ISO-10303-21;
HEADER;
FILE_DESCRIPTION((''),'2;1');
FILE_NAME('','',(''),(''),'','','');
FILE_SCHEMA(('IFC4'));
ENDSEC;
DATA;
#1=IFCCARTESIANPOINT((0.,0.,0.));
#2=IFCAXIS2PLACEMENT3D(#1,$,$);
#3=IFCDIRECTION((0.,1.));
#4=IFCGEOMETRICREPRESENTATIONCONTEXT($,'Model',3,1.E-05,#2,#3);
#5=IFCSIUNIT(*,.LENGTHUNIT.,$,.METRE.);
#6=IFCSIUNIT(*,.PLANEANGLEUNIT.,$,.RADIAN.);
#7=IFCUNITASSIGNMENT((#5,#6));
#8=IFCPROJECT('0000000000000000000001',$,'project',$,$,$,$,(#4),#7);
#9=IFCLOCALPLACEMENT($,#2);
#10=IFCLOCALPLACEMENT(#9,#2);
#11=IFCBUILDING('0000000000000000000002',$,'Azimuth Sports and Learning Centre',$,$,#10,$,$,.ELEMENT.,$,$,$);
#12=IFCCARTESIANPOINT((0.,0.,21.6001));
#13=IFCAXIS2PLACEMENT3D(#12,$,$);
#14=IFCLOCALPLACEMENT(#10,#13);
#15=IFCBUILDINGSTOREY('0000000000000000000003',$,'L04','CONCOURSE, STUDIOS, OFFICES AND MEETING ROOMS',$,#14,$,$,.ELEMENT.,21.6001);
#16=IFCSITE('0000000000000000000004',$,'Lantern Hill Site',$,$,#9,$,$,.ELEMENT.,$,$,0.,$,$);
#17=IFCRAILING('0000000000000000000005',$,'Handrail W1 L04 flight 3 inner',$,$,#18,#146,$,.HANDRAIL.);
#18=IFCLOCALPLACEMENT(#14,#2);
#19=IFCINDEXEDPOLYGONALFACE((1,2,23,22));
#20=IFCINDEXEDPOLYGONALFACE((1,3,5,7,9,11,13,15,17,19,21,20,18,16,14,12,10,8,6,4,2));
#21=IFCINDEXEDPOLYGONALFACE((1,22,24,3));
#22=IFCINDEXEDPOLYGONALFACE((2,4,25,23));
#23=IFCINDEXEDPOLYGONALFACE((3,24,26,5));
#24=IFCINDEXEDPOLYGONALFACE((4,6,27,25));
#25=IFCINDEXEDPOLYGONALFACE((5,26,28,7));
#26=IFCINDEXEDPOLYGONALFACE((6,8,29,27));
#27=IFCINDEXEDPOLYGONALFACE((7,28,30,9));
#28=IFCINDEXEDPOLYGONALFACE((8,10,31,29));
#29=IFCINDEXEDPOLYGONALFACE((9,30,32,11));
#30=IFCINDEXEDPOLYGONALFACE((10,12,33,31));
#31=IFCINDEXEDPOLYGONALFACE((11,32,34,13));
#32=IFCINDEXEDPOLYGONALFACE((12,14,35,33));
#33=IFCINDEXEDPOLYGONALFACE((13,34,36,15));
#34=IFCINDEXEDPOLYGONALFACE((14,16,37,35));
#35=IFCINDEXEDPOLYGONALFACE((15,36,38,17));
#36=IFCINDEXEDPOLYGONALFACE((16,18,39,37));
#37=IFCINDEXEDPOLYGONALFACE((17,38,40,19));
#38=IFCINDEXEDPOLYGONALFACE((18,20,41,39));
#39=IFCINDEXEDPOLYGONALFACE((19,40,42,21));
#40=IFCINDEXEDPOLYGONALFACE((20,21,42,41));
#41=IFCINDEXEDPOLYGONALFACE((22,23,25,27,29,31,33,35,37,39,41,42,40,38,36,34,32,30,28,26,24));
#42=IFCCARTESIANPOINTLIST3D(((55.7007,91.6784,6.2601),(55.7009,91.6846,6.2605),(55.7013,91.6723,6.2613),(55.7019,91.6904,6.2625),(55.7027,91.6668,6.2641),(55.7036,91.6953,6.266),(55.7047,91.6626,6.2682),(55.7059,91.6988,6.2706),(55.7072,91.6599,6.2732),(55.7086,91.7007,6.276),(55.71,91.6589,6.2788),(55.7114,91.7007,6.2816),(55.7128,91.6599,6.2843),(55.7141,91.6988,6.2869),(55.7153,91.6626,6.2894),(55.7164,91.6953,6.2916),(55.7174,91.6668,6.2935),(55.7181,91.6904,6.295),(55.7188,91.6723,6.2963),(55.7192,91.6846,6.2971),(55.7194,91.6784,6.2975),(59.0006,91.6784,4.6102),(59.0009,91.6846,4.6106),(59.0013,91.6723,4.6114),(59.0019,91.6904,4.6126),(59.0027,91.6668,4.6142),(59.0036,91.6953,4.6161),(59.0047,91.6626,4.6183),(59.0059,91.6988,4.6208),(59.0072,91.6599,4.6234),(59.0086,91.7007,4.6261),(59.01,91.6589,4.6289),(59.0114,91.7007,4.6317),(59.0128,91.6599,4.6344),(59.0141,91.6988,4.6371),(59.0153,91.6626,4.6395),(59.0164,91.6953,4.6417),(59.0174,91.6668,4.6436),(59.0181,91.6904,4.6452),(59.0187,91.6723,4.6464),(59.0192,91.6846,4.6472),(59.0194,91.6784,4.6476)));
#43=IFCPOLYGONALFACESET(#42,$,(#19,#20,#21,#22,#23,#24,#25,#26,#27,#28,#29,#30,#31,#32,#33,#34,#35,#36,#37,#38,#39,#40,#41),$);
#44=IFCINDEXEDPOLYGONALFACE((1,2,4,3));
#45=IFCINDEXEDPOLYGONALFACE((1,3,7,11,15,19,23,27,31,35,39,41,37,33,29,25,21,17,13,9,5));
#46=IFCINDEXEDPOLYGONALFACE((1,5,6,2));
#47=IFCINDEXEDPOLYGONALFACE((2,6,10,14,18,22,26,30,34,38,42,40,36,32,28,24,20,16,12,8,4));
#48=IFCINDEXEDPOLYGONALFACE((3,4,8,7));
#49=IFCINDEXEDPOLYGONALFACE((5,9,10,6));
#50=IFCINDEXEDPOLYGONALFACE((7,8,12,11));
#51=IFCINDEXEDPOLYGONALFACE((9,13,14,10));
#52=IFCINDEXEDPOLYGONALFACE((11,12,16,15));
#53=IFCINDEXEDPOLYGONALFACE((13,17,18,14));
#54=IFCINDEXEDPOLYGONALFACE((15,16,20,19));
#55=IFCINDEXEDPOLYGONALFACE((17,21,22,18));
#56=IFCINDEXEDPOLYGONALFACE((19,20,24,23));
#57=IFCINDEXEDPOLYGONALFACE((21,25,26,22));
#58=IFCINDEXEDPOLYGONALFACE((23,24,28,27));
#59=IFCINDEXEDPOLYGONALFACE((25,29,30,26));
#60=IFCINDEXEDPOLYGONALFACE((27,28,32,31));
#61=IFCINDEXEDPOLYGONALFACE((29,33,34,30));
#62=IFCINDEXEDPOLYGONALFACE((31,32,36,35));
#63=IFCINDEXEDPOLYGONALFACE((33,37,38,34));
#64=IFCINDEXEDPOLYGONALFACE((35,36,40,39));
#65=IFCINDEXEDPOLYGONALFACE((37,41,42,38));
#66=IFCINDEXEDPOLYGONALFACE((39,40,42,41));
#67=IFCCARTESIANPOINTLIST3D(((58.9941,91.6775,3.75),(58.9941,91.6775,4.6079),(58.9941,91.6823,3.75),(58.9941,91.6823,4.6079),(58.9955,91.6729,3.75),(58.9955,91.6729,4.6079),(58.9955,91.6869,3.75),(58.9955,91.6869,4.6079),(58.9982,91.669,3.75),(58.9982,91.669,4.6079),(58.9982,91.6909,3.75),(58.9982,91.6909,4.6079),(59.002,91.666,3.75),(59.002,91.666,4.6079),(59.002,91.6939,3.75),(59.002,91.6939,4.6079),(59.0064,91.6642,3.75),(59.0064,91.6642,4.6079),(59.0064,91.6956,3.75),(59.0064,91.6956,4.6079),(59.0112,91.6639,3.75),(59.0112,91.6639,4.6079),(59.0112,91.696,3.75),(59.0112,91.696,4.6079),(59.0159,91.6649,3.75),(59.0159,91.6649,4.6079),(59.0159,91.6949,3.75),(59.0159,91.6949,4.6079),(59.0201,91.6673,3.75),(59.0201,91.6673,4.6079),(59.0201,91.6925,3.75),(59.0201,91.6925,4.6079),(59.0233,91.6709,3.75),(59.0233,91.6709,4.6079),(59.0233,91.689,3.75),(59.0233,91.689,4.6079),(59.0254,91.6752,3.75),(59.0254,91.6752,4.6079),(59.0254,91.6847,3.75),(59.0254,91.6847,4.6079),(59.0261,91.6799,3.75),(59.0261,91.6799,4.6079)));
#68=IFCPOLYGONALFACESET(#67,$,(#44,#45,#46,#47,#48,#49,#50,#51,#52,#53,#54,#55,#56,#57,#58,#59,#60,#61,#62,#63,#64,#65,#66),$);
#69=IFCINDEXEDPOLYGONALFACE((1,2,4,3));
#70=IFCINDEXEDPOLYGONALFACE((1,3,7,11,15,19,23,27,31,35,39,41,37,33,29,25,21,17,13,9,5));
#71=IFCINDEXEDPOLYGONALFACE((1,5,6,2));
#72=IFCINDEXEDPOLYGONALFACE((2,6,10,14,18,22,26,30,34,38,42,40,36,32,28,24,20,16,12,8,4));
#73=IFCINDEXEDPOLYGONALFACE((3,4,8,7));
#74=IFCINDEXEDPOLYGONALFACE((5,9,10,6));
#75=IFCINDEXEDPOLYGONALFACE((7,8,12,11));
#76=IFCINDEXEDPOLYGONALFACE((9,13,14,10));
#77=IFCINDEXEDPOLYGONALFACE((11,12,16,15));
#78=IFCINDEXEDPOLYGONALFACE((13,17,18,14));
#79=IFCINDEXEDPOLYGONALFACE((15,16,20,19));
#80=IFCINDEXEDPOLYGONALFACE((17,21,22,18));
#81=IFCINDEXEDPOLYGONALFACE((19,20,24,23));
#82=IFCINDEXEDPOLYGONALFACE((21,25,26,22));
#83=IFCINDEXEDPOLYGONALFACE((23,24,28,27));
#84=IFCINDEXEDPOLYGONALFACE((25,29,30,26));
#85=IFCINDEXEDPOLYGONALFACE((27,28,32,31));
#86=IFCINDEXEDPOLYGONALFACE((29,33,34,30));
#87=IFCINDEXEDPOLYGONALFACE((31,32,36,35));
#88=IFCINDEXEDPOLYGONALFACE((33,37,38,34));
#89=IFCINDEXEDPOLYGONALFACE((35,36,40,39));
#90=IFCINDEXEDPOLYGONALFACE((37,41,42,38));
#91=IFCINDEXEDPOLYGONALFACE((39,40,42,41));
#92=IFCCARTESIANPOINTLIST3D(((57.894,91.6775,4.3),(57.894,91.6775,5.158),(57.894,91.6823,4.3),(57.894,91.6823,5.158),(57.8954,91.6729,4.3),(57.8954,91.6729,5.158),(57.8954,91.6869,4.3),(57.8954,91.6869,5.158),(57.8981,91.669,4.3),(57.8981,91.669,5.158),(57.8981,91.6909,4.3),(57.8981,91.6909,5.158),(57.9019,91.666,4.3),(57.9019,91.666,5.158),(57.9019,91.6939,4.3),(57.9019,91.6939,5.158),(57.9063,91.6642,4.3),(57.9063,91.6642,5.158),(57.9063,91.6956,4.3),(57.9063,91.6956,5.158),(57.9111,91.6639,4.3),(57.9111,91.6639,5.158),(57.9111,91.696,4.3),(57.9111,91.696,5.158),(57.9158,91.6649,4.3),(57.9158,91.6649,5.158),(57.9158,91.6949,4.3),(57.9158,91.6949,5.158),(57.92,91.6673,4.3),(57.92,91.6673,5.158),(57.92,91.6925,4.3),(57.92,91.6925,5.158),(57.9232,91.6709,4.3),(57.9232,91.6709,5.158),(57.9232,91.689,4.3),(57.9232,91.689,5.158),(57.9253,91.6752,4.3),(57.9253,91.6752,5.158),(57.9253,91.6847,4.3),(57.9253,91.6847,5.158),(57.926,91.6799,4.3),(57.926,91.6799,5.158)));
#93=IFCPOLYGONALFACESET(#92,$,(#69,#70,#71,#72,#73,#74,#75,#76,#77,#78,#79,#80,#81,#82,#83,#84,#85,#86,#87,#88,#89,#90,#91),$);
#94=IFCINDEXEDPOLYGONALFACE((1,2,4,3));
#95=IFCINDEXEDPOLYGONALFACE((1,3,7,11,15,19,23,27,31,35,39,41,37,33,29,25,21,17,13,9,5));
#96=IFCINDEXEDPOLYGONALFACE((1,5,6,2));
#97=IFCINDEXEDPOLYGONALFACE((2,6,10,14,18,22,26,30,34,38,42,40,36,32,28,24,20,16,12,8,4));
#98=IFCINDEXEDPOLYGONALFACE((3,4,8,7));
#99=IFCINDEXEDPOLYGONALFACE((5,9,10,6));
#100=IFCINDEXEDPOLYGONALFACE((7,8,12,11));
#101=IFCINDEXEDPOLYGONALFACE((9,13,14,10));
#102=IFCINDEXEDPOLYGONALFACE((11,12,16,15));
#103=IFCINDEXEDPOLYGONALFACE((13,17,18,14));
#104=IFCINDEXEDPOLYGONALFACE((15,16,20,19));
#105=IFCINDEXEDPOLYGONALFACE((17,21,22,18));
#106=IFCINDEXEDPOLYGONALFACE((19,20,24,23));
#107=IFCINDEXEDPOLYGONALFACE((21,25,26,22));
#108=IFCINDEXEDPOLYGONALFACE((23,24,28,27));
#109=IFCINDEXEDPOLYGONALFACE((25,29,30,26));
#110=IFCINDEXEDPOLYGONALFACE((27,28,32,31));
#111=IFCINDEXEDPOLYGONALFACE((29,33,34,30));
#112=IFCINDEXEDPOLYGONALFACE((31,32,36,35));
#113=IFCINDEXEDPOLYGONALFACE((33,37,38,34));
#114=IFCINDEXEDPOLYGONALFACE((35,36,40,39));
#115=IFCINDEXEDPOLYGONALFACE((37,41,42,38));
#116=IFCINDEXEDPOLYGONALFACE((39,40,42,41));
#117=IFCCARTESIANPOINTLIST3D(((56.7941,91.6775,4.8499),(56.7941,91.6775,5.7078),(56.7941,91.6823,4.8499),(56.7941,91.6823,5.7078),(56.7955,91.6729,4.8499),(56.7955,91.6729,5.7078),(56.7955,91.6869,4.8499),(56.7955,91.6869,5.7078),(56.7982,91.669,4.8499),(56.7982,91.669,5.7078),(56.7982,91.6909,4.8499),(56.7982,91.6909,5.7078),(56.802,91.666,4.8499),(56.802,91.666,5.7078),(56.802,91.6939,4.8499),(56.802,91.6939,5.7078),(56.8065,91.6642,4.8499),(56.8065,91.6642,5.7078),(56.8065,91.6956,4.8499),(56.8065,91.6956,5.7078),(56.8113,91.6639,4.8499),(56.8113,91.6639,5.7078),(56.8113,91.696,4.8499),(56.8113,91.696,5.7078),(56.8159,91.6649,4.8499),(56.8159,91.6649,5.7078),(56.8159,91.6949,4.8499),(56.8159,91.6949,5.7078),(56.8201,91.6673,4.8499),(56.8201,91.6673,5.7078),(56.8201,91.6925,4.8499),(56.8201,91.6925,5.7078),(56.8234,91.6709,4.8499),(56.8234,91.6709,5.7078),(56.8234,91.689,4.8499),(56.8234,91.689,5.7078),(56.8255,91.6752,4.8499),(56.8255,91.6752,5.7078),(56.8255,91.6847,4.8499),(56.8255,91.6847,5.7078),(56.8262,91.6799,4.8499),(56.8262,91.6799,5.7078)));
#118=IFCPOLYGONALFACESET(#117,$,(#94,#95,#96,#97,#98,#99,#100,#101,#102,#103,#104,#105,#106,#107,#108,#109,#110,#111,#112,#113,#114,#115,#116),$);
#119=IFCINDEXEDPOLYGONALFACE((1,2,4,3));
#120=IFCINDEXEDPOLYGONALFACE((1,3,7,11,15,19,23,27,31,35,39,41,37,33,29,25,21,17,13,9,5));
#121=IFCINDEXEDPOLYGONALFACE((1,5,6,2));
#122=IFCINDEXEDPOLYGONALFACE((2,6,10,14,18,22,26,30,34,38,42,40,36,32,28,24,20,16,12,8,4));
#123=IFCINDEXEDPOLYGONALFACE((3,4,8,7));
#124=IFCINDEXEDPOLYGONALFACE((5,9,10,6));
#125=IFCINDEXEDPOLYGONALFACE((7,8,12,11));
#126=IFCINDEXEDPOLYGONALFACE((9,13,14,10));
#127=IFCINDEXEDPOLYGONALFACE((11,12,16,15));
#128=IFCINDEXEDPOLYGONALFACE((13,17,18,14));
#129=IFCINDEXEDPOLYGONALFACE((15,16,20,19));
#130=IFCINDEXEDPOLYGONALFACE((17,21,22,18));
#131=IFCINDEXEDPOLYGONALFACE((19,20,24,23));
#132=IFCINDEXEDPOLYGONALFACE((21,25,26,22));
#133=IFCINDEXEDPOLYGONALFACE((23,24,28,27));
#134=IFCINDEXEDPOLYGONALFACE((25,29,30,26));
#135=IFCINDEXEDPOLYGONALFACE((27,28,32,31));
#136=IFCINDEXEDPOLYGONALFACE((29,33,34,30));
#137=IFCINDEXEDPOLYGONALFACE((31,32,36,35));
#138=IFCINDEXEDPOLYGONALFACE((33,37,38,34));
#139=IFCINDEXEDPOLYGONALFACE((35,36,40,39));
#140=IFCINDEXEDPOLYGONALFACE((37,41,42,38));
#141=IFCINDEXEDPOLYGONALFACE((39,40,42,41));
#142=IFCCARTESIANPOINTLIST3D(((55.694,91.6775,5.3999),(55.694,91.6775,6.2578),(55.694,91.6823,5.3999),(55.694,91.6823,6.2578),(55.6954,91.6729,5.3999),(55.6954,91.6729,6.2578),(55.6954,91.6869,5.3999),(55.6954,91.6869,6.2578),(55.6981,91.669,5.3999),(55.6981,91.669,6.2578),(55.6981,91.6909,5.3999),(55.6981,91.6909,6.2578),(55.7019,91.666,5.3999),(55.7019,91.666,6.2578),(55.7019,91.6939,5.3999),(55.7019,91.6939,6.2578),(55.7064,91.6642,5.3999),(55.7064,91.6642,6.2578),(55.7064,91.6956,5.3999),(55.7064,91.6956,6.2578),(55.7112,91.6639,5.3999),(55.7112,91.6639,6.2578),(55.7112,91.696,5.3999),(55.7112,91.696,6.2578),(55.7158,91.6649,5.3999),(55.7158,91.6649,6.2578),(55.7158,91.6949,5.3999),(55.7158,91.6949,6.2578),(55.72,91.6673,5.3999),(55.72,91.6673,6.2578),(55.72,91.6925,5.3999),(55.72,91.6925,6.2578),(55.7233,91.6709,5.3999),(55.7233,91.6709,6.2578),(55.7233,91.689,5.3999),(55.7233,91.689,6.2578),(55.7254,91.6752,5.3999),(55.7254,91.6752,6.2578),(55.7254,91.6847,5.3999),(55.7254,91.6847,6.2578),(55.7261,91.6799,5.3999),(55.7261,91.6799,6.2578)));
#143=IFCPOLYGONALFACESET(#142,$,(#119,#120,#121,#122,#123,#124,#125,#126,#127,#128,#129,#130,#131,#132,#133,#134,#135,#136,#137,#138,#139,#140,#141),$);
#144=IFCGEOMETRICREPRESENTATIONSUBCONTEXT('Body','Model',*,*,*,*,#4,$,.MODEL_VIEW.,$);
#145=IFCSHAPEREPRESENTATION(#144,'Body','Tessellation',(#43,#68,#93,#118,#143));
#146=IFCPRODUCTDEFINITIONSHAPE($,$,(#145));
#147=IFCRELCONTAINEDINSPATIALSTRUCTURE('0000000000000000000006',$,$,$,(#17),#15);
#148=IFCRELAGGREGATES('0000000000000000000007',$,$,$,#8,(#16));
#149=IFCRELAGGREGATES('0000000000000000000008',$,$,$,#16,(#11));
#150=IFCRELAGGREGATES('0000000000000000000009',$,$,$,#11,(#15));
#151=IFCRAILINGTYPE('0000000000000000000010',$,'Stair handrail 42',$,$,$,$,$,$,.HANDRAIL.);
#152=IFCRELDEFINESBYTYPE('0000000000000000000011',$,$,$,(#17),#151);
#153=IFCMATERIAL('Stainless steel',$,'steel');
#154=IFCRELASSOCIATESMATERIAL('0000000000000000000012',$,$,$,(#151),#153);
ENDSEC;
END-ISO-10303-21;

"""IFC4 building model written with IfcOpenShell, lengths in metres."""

from ifc_helpers import new_model, si_unit, direction, frame, origin, origin_2d, place, context, subcontext, project, spatial, circle, extrude, material, type_object, element, save


model = new_model("IFC4")

# Units and contexts
model_context = context("Model", 3, precision=1e-05, world=origin(), true_north=direction((0.0, 1.0)))
body_context = subcontext(model_context, "Body", "Model", "MODEL_VIEW")
ifc_project = project(units=[si_unit("LENGTHUNIT", "METRE"), si_unit("PLANEANGLEUNIT", "RADIAN")], contexts=[model_context])

# Site, building, storey
site_placement = place(None, origin())
site = spatial("IfcSite", under=ifc_project, at=site_placement, Name="Lantern Hill Site", CompositionType="ELEMENT", RefElevation=0.0)
building_placement = place(site_placement, origin())
building = spatial("IfcBuilding", under=site, at=building_placement, Name="Azimuth Sports and Learning Centre", CompositionType="ELEMENT")
storey_placement = place(building_placement, frame((0.0, 0.0, 21.6001)))
storey = spatial("IfcBuildingStorey", under=building, at=storey_placement, Name="L04", Description="CONCOURSE, STUDIOS, OFFICES AND MEETING ROOMS", CompositionType="ELEMENT", Elevation=21.6001)

# Railing
ifc_material_1 = material(Name="Stainless steel", Category="steel")
railing_type_1 = type_object("IfcRailingType", Name="Stair handrail 42", PredefinedType="HANDRAIL", material=ifc_material_1)
for number, where, name in (
    (1, (59.01, 91.6799, 3.75), "Handrail W1 L04 flight 3 inner"),
):
    element("IfcRailing", number, at=place(storey_placement, frame(where)), inside=storey, type_object=railing_type_1, Name=name, PredefinedType="HANDRAIL", context=body_context, shape_type="SweptSolid", body=[
        extrude(circle(Radius=0.021, at=origin_2d()), frame((0.0, 0.0, 0.8789), z_axis=(-0.89444, 0.0, 0.447187), x_axis=(0.0, -1.0, 0.0)), (0.0, 0.0, 1.0), 3.6895),
        extrude(circle(Radius=0.0161, at=origin_2d()), origin(), (0.0, 0.0, 1.0), 0.8579),
        extrude(circle(Radius=0.0161, at=origin_2d()), frame((-1.1001, 0.0, 0.55)), (0.0, 0.0, 1.0), 0.8579),
        extrude(circle(Radius=0.0161, at=origin_2d()), frame((-2.2, 0.0, 1.0999)), (0.0, 0.0, 1.0), 0.8579),
        extrude(circle(Radius=0.0161, at=origin_2d()), frame((-3.3, 0.0, 1.6499)), (0.0, 0.0, 1.0), 0.8579),
    ])

save(model, "model.ifc")
